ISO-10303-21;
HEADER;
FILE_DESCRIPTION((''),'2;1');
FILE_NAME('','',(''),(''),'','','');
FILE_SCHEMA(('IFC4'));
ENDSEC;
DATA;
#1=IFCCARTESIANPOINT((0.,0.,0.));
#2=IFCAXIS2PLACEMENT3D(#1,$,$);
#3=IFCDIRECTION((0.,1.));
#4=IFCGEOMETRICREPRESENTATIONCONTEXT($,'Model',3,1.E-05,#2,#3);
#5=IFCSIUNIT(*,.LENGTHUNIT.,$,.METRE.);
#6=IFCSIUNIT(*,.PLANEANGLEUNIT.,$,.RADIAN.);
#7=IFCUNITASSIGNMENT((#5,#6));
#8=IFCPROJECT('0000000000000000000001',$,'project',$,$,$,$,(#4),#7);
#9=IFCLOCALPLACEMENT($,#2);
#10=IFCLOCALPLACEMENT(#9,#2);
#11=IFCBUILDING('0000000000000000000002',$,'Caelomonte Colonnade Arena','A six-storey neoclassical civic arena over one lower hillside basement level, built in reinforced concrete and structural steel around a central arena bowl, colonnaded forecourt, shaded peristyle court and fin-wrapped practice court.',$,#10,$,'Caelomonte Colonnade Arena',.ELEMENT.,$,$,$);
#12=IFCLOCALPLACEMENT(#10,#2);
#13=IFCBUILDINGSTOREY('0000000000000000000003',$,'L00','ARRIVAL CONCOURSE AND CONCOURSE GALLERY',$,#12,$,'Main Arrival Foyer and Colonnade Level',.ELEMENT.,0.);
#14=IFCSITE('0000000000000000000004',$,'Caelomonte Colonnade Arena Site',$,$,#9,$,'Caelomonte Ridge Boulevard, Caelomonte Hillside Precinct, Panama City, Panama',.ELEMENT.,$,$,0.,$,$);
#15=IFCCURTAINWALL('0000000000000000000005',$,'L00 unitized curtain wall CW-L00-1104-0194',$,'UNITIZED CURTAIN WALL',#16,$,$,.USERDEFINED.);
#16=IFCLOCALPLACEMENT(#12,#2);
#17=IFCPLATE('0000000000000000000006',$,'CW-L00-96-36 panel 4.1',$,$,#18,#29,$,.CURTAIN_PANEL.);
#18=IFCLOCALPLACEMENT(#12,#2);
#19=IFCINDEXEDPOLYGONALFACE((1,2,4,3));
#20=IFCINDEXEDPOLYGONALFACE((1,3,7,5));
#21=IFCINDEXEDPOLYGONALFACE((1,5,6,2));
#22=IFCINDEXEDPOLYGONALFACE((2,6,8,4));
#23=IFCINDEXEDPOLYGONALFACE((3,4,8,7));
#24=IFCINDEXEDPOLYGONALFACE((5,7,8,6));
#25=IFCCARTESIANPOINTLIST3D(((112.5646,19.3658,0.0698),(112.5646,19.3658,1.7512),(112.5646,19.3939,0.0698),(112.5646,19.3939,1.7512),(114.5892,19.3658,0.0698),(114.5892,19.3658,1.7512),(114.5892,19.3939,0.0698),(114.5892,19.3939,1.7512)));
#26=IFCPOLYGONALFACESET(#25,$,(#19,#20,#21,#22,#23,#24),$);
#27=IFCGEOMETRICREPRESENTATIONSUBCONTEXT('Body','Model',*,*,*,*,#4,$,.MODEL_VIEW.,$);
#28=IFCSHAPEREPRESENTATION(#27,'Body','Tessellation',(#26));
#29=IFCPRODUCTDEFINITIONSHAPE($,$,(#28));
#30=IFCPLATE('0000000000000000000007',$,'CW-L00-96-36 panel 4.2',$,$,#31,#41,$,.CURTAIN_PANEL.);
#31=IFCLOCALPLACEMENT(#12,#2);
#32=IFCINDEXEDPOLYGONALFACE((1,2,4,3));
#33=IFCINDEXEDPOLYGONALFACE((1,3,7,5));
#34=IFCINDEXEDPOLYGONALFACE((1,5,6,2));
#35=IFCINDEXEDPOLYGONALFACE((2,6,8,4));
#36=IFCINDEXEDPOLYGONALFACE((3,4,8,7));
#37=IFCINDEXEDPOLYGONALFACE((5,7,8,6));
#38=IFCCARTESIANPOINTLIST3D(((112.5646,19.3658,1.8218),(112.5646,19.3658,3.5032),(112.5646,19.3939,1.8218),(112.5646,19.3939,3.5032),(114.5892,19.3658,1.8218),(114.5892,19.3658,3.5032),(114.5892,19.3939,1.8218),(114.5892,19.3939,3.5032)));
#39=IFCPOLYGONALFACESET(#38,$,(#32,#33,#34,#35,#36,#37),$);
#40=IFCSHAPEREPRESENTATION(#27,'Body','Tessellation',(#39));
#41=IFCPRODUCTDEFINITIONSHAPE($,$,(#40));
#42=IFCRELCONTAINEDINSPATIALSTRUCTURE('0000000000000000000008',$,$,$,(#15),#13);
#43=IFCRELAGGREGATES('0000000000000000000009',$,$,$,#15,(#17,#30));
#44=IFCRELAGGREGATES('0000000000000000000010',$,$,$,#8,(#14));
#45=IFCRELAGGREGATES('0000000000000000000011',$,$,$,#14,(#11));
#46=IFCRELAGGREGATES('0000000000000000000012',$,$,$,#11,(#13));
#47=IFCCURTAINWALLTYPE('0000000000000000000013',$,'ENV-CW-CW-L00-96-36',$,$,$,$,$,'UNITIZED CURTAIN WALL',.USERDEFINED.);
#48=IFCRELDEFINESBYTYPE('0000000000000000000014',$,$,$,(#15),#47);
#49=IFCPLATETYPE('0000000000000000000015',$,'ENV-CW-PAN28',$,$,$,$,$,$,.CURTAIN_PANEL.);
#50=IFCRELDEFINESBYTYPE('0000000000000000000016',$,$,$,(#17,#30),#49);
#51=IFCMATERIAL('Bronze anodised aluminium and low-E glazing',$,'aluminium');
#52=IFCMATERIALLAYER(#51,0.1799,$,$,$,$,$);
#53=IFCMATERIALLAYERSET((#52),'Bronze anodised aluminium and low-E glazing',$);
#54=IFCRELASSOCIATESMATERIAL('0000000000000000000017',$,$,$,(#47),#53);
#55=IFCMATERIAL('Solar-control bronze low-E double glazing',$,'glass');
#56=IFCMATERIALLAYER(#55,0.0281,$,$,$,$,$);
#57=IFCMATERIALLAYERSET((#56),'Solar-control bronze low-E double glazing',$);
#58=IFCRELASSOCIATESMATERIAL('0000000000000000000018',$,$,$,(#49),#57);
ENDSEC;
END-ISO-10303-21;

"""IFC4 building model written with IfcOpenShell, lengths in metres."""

from ifc_helpers import new_model, si_unit, direction, frame, origin, origin_2d, place, context, subcontext, project, spatial, rectangle, extrude, material, layer, layer_set, type_object, element, aggregate, save


model = new_model("IFC4")

# Units and contexts
model_context = context("Model", 3, precision=1e-05, world=origin(), true_north=direction((0.0, 1.0)))
body_context = subcontext(model_context, "Body", "Model", "MODEL_VIEW")
ifc_project = project(units=[si_unit("LENGTHUNIT", "METRE"), si_unit("PLANEANGLEUNIT", "RADIAN")], contexts=[model_context])

# Site, building, storey
site_placement = place(None, origin())
site = spatial("IfcSite", under=ifc_project, at=site_placement, Name="Caelomonte Colonnade Arena Site", LongName="Caelomonte Ridge Boulevard, Caelomonte Hillside Precinct, Panama City, Panama", CompositionType="ELEMENT", RefElevation=0.0)
building_placement = place(site_placement, origin())
building = spatial("IfcBuilding", under=site, at=building_placement, Name="Caelomonte Colonnade Arena", Description="A six-storey neoclassical civic arena over one lower hillside basement level, built in reinforced concrete and structural steel around a central arena bowl, colonnaded forecourt, shaded peristyle court and fin-wrapped practice court.", LongName="Caelomonte Colonnade Arena", CompositionType="ELEMENT")
storey_placement = place(building_placement, origin())
storey = spatial("IfcBuildingStorey", under=building, at=storey_placement, Name="L00", Description="ARRIVAL CONCOURSE AND CONCOURSE GALLERY", LongName="Main Arrival Foyer and Colonnade Level", CompositionType="ELEMENT", Elevation=0.0)

# Curtain wall
ifc_material_1 = material(Name="Bronze anodised aluminium and low-E glazing", Category="aluminium")
ifc_layer_1 = layer(ifc_material_1, 0.1799)
ifc_layer_set_1 = layer_set([ifc_layer_1], Name="Bronze anodised aluminium and low-E glazing")
curtain_wall_type = type_object("IfcCurtainWallType", Name="ENV-CW-CW-L00-96-36", ElementType="UNITIZED CURTAIN WALL", PredefinedType="USERDEFINED", material=ifc_layer_set_1)
curtain_wall_placement = place(storey_placement, origin())
curtain_wall = element("IfcCurtainWall", 1, at=curtain_wall_placement, inside=storey, type_object=curtain_wall_type, Name="L00 unitized curtain wall CW-L00-1104-0194", ObjectType="UNITIZED CURTAIN WALL", PredefinedType="USERDEFINED")

# Plates
ifc_material_2 = material(Name="Solar-control bronze low-E double glazing", Category="glass")
ifc_layer_2 = layer(ifc_material_2, 0.0281)
ifc_layer_set_2 = layer_set([ifc_layer_2], Name="Solar-control bronze low-E double glazing")
plate_type = type_object("IfcPlateType", Name="ENV-CW-PAN28", PredefinedType="CURTAIN_PANEL", material=ifc_layer_set_2)
plate_1_placement = place(storey_placement, frame((113.5769, 19.3799, 0.0698), z_axis=(0.0, 0.0, 1.0), x_axis=(1.0, 0.0, 0.0)))
plate_1 = element("IfcPlate", 2, at=plate_1_placement, type_object=plate_type, Name="CW-L00-96-36 panel 4.1", PredefinedType="CURTAIN_PANEL", context=body_context, shape_type="SweptSolid", body=[
    extrude(rectangle(XDim=2.0247, YDim=0.0281, at=origin_2d()), origin(), (0.0, 0.0, 1.0), 1.6814),
])
plate_2_placement = place(storey_placement, frame((113.5769, 19.3799, 1.8218), z_axis=(0.0, 0.0, 1.0), x_axis=(1.0, 0.0, 0.0)))
plate_2 = element("IfcPlate", 3, at=plate_2_placement, type_object=plate_type, Name="CW-L00-96-36 panel 4.2", PredefinedType="CURTAIN_PANEL", context=body_context, shape_type="SweptSolid", body=[
    extrude(rectangle(XDim=2.0247, YDim=0.0281, at=origin_2d()), origin(), (0.0, 0.0, 1.0), 1.6814),
])
aggregate(curtain_wall, [plate_1, plate_2])

save(model, "model.ifc")
